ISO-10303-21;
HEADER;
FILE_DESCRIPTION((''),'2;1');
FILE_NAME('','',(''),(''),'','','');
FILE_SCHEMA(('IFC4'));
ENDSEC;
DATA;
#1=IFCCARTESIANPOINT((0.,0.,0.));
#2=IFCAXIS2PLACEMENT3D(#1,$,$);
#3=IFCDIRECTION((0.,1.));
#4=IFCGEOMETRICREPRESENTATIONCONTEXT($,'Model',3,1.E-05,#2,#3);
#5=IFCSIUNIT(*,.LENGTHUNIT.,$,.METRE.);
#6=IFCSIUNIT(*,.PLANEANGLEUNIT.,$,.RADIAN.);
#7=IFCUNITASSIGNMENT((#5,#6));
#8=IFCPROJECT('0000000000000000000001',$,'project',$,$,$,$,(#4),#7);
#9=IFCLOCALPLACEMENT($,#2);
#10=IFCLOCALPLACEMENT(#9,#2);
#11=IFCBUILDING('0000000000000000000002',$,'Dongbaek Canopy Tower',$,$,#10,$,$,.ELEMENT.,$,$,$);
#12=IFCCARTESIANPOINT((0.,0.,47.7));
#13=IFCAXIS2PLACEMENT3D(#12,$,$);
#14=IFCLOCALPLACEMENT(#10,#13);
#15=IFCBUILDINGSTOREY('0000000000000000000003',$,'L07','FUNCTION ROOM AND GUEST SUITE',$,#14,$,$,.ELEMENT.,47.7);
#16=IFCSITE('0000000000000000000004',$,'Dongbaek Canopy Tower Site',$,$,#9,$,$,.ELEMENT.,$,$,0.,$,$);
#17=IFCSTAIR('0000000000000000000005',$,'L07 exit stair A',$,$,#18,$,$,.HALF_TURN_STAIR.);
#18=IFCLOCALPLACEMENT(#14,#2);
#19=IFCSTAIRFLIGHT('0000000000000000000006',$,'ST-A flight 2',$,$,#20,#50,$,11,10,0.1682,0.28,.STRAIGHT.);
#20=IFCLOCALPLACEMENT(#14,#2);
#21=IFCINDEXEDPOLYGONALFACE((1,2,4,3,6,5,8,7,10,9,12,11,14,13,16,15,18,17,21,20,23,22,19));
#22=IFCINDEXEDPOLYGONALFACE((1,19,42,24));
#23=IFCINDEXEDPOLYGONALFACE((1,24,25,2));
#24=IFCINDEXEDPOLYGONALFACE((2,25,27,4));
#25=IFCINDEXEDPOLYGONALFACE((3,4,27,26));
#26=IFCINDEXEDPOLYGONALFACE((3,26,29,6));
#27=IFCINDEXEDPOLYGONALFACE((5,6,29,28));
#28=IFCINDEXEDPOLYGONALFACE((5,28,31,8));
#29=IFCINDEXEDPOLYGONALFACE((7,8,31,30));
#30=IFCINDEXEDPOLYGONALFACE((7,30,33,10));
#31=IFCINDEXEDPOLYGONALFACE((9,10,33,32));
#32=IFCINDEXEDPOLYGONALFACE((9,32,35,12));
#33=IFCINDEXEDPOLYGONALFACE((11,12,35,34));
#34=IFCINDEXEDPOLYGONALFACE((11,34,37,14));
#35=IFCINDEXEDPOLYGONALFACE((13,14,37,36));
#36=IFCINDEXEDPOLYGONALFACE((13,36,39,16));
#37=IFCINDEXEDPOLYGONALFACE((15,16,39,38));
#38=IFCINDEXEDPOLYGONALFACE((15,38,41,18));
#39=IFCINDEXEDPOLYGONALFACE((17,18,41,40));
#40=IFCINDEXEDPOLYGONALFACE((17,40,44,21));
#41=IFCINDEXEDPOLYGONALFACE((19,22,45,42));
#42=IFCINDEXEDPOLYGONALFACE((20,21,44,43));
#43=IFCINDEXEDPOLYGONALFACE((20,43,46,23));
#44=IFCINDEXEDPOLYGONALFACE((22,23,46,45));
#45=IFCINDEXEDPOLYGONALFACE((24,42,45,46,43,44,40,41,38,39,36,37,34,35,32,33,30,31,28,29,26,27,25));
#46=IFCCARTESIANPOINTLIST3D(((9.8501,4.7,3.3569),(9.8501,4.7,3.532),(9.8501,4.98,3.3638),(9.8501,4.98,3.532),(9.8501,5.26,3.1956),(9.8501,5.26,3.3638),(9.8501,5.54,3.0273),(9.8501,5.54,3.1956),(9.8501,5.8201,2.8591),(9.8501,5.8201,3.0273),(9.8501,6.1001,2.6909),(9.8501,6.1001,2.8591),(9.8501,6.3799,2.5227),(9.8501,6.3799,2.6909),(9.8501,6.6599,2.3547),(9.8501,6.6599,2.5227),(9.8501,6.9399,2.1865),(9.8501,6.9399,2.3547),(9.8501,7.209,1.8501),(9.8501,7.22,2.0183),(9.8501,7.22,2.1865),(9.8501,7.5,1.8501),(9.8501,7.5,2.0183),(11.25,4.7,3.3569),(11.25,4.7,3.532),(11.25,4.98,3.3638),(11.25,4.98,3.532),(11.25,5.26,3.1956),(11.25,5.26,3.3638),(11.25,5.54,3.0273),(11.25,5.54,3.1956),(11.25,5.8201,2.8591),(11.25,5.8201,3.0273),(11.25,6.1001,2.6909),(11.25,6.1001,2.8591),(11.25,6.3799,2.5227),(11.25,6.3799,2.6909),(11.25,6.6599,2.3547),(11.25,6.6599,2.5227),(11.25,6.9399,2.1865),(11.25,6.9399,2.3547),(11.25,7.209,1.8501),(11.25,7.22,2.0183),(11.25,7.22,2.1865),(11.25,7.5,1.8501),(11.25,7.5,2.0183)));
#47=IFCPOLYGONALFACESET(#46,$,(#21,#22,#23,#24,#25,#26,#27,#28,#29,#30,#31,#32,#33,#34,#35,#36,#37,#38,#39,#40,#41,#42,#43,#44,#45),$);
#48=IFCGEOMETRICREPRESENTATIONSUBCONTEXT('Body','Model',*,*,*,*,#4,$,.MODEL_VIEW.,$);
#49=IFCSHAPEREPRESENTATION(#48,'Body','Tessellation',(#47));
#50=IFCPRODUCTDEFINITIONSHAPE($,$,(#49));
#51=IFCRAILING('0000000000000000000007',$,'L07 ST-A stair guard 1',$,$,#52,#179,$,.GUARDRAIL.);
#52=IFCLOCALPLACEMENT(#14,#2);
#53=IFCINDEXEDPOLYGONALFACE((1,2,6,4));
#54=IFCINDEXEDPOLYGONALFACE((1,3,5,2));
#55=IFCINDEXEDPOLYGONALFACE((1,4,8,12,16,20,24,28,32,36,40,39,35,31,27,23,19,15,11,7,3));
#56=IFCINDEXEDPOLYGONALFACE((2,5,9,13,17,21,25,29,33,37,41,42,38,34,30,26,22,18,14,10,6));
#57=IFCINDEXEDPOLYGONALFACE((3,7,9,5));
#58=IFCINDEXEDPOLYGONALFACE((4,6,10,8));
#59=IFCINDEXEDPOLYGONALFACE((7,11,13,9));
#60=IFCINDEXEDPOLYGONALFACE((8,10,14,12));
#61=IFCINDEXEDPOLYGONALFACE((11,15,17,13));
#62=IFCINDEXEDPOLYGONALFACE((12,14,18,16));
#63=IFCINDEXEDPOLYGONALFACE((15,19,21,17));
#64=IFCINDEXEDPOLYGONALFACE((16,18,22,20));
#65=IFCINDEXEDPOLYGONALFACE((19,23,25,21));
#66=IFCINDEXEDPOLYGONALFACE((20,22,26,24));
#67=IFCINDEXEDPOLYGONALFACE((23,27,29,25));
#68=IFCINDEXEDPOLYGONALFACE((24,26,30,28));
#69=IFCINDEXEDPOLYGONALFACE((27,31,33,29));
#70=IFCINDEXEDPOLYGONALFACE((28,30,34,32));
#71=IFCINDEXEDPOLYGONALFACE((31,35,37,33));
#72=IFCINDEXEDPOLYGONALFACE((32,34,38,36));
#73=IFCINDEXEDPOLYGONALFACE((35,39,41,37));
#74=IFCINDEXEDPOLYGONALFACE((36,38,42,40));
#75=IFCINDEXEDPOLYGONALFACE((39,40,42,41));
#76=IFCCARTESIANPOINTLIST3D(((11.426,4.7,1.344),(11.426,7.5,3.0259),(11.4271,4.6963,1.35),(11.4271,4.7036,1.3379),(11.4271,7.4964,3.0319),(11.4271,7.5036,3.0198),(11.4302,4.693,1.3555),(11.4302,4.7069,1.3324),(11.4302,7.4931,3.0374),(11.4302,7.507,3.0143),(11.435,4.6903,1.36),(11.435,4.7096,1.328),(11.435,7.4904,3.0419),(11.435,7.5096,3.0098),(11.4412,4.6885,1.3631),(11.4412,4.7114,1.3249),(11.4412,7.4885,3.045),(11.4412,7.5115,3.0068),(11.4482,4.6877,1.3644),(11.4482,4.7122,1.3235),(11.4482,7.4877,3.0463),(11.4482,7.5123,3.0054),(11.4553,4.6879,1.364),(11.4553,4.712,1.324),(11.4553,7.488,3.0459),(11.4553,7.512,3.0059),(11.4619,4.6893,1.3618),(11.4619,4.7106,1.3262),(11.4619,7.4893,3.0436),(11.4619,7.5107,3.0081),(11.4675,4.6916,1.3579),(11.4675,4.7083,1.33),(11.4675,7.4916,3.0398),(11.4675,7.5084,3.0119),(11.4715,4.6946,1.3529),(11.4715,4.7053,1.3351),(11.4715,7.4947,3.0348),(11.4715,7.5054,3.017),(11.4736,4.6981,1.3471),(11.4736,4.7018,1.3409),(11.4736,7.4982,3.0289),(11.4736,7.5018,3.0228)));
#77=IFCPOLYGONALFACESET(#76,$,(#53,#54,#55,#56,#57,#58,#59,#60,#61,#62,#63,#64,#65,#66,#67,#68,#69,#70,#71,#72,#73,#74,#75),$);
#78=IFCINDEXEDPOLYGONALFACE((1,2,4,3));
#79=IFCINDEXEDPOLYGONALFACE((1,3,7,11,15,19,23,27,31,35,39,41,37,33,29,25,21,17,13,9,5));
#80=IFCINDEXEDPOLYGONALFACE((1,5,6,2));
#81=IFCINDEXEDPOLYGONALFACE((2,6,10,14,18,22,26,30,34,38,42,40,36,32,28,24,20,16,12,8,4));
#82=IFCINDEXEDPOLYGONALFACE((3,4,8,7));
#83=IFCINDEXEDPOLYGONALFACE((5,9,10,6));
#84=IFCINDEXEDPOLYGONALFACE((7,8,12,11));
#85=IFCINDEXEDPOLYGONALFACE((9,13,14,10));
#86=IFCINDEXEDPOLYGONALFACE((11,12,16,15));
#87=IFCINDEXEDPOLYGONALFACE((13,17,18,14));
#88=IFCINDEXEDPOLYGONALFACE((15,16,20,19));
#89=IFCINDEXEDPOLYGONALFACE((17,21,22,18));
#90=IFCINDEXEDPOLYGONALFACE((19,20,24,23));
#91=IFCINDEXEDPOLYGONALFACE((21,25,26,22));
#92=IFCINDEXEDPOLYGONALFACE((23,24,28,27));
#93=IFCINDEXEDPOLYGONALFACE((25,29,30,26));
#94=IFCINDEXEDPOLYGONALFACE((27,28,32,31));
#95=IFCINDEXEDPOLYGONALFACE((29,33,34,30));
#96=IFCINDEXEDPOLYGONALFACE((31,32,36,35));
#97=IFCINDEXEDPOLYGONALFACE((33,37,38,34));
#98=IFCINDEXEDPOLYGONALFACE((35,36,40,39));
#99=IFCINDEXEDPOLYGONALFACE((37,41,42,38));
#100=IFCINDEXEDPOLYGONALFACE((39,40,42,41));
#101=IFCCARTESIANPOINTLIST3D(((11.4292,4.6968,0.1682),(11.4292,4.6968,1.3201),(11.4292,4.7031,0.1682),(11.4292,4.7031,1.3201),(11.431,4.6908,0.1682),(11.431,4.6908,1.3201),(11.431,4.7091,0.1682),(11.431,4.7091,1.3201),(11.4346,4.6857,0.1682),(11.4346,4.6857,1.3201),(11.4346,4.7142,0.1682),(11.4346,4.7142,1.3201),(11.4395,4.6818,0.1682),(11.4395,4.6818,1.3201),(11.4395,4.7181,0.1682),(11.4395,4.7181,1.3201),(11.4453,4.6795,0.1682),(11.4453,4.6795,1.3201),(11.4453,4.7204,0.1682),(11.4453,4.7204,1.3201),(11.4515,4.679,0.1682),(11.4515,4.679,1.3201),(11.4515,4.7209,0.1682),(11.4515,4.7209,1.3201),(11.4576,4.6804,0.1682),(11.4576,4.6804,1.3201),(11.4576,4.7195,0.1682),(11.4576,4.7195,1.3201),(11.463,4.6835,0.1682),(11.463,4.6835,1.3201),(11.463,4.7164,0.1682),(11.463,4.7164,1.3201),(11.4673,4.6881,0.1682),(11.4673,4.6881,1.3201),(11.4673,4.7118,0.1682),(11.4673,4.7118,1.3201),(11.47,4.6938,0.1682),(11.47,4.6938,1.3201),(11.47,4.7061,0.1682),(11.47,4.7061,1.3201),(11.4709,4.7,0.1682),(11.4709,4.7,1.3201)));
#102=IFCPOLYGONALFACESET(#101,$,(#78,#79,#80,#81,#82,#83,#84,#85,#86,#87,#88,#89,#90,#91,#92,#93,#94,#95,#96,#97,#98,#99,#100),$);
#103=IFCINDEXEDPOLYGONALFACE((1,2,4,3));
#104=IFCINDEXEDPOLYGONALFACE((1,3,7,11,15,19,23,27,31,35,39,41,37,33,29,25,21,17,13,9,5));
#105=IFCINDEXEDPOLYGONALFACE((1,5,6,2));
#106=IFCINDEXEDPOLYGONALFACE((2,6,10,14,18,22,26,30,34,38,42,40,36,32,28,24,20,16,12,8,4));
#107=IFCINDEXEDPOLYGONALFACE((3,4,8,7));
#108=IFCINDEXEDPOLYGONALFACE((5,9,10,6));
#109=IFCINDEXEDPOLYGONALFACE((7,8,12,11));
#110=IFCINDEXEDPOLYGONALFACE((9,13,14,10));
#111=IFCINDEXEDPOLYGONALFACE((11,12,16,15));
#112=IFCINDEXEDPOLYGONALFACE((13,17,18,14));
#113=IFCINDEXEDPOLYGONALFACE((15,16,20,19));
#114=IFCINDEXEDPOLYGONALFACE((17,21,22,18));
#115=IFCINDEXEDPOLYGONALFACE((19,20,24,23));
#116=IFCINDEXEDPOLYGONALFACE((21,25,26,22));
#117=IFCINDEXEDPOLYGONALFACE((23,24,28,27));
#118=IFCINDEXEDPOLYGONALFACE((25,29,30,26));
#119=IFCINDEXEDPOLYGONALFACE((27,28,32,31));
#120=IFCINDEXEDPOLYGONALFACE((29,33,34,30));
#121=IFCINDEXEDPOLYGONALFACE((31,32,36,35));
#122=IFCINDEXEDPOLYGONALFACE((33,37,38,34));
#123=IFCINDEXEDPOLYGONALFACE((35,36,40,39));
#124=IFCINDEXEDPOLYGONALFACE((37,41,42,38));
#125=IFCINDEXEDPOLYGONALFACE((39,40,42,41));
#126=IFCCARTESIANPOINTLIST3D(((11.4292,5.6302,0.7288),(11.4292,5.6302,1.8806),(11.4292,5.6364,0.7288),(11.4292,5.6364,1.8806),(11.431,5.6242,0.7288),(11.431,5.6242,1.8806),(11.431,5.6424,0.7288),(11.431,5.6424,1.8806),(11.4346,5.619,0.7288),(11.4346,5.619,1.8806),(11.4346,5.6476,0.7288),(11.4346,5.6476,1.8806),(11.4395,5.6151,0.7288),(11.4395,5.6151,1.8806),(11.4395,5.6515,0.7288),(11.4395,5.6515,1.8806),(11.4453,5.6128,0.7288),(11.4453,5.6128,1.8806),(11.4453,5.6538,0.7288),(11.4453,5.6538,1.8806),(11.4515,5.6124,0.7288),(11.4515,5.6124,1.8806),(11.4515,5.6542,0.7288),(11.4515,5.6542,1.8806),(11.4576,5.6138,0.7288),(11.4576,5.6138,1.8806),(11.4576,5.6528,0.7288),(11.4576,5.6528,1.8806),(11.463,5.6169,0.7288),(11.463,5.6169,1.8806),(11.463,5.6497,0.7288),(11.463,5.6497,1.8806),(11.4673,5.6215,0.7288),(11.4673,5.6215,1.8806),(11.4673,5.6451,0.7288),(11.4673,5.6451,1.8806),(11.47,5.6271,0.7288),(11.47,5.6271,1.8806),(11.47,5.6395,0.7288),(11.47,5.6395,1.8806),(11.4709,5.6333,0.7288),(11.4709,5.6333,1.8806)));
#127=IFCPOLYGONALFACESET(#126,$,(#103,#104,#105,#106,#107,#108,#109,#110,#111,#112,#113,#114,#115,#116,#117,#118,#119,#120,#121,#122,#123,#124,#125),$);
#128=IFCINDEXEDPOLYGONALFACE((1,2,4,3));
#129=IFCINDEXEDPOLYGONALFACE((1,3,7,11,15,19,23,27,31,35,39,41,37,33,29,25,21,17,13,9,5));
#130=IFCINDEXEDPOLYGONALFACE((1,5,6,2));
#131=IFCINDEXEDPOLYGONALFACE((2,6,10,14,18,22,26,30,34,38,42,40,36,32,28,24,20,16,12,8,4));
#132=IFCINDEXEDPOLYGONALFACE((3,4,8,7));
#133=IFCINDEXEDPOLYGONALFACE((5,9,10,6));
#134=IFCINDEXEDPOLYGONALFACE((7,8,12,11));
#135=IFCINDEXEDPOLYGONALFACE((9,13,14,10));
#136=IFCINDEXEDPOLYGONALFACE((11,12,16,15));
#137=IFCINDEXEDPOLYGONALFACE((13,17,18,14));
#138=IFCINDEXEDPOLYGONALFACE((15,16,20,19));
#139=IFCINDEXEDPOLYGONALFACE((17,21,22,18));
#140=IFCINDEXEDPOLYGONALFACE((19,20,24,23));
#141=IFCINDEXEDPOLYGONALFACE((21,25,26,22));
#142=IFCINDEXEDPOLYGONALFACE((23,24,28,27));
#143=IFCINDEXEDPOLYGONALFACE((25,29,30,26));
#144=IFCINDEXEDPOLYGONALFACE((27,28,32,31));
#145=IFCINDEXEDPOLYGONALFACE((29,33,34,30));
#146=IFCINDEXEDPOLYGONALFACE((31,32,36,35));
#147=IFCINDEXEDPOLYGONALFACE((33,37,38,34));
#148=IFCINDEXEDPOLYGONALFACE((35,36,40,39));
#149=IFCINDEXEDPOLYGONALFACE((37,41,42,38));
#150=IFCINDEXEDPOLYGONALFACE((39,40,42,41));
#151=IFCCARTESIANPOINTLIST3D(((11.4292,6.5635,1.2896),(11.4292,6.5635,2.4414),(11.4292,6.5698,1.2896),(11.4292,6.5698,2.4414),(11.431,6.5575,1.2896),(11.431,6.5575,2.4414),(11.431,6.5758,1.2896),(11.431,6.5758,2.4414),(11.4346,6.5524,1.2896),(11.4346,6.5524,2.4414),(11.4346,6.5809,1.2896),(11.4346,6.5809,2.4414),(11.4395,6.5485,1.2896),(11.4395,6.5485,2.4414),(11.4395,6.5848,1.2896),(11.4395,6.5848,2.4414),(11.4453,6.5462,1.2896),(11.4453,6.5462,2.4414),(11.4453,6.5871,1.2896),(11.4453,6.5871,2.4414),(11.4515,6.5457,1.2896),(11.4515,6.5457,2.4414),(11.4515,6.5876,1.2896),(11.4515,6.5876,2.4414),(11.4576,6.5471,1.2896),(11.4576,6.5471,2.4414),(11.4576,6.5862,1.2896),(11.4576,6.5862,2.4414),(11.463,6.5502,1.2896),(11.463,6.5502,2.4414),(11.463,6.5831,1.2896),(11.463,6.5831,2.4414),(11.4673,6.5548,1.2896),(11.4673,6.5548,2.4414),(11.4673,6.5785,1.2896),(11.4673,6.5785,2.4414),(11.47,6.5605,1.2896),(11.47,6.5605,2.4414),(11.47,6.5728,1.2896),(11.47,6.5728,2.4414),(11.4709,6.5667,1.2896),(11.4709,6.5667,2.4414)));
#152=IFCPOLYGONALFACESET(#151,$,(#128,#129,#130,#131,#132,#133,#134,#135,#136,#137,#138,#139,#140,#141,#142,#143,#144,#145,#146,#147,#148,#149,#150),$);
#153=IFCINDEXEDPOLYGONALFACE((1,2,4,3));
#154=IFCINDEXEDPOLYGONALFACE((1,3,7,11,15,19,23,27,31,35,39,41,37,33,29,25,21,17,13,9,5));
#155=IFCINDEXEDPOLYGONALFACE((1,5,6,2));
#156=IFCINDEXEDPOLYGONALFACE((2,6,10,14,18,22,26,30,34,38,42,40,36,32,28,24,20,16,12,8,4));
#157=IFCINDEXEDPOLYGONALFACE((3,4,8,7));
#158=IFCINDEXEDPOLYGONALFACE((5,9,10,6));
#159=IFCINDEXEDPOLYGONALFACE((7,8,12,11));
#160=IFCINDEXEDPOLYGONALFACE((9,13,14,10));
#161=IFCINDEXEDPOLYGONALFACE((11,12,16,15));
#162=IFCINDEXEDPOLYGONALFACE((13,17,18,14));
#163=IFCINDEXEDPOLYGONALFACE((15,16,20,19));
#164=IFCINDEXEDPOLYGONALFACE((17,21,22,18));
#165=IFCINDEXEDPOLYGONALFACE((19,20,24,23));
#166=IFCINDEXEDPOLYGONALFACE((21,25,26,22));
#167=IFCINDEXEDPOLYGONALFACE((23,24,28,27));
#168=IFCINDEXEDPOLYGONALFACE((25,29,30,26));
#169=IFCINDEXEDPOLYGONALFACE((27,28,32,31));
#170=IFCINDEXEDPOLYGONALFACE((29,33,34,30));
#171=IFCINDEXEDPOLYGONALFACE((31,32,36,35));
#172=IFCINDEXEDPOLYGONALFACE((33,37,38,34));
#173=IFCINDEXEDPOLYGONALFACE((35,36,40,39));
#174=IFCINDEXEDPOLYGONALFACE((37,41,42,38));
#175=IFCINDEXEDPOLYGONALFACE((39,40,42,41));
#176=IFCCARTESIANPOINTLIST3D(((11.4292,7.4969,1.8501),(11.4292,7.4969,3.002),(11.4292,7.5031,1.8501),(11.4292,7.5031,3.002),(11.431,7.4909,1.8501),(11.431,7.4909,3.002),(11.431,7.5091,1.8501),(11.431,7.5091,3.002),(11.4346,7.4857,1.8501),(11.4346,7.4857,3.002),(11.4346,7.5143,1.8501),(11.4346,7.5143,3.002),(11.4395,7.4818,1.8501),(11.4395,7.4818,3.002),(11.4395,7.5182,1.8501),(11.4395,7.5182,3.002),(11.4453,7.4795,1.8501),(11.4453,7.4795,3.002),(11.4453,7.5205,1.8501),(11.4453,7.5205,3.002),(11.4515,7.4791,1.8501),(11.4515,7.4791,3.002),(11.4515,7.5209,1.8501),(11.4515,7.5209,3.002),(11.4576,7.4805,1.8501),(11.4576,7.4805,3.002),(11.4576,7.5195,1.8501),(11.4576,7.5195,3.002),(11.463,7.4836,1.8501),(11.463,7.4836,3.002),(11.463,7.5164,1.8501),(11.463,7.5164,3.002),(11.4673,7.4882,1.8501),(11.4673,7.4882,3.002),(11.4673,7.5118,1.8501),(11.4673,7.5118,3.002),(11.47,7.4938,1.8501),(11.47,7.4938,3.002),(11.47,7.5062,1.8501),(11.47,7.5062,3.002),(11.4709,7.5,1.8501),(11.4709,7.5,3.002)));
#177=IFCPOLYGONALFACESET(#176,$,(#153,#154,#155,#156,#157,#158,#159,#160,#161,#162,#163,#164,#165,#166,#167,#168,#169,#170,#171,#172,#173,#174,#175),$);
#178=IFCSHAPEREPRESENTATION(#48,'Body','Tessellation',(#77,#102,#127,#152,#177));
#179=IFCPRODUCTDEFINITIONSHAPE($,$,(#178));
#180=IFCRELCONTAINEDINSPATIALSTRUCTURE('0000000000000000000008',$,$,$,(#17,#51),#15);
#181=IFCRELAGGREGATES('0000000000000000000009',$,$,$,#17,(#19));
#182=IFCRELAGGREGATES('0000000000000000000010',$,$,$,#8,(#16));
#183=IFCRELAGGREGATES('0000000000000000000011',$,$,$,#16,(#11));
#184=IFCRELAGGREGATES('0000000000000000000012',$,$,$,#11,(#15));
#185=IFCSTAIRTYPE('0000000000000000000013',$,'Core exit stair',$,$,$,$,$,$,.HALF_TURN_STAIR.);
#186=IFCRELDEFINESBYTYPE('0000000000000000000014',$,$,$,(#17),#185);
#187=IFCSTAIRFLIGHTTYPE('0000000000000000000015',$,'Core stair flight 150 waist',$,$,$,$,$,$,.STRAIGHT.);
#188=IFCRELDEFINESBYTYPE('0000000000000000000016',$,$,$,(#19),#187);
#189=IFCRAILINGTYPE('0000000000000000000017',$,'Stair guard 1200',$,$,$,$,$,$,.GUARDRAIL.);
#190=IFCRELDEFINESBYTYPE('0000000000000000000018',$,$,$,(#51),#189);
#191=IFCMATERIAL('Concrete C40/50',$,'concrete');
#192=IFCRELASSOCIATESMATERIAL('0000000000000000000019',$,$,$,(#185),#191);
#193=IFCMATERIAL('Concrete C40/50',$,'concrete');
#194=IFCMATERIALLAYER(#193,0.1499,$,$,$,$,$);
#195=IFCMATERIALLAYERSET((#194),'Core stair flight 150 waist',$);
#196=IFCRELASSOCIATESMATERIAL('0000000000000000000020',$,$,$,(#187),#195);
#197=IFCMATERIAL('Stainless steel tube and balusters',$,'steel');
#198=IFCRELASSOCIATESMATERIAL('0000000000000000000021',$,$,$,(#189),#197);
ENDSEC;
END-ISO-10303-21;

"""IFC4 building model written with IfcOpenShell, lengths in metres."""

from ifc_helpers import new_model, si_unit, direction, frame, origin, origin_2d, place, context, subcontext, project, spatial, polyline, circle, outline, extrude, material, layer, layer_set, type_object, element, aggregate, save


model = new_model("IFC4")

# Units and contexts
model_context = context("Model", 3, precision=1e-05, world=origin(), true_north=direction((0.0, 1.0)))
body_context = subcontext(model_context, "Body", "Model", "MODEL_VIEW")
ifc_project = project(units=[si_unit("LENGTHUNIT", "METRE"), si_unit("PLANEANGLEUNIT", "RADIAN")], contexts=[model_context])

# Site, building, storey
site_placement = place(None, origin())
site = spatial("IfcSite", under=ifc_project, at=site_placement, Name="Dongbaek Canopy Tower Site", CompositionType="ELEMENT", RefElevation=0.0)
building_placement = place(site_placement, origin())
building = spatial("IfcBuilding", under=site, at=building_placement, Name="Dongbaek Canopy Tower", CompositionType="ELEMENT")
storey_placement = place(building_placement, frame((0.0, 0.0, 47.7)))
storey = spatial("IfcBuildingStorey", under=building, at=storey_placement, Name="L07", Description="FUNCTION ROOM AND GUEST SUITE", CompositionType="ELEMENT", Elevation=47.7)

# Stair, stair flight
ifc_material_1 = material(Name="Concrete C40/50", Category="concrete")
stair_type = type_object("IfcStairType", Name="Core exit stair", PredefinedType="HALF_TURN_STAIR", material=ifc_material_1)
stair_placement = place(storey_placement, origin())
stair = element("IfcStair", 1, at=stair_placement, inside=storey, type_object=stair_type, Name="L07 exit stair A", PredefinedType="HALF_TURN_STAIR")
ifc_material_2 = material(Name="Concrete C40/50", Category="concrete")
ifc_layer_1 = layer(ifc_material_2, 0.1499)
ifc_layer_set_1 = layer_set([ifc_layer_1], Name="Core stair flight 150 waist")
stair_flight_type = type_object("IfcStairFlightType", Name="Core stair flight 150 waist", PredefinedType="STRAIGHT", material=ifc_layer_set_1)
stair_flight_1_placement = place(storey_placement, frame((10.55, 7.5, 1.8501), z_axis=(0.0, 0.0, 1.0), x_axis=(0.0, -1.0, 0.0)))
stair_flight_1 = element("IfcStairFlight", 2, at=stair_flight_1_placement, type_object=stair_flight_type, Name="ST-A flight 2", NumberOfRisers=11, NumberOfTreads=10, PredefinedType="STRAIGHT", RiserHeight=0.1682, TreadLength=0.28, context=body_context, shape_type="SweptSolid", body=[
    extrude(outline(polyline([(0.0, 0.0), (0.0, 0.1682), (0.28, 0.1682), (0.28, 0.3364), (0.5601, 0.3364), (0.5601, 0.5046), (0.8401, 0.5046), (0.8401, 0.6726), (1.1201, 0.6726), (1.1201, 0.8408), (1.3999, 0.8408), (1.3999, 1.009), (1.6799, 1.009), (1.6799, 1.1772), (1.96, 1.1772), (1.96, 1.3455), (2.24, 1.3455), (2.24, 1.5137), (2.52, 1.5137), (2.52, 1.6819), (2.8, 1.6819), (2.8, 1.8501), (2.8, 1.5068), (0.291, 0.0), (0.0, 0.0)])), frame((0.0, 0.7, 0.0), z_axis=(0.0, -1.0, 0.0), x_axis=(1.0, 0.0, 0.0)), (0.0, 0.0, 1.0), 1.3999),
])
aggregate(stair, [stair_flight_1])

# Railing
ifc_material_3 = material(Name="Stainless steel tube and balusters", Category="steel")
railing_type_1 = type_object("IfcRailingType", Name="Stair guard 1200", PredefinedType="GUARDRAIL", material=ifc_material_3)
railing_1_placement = place(storey_placement, frame((11.45, 4.7, 0.1682)))
element("IfcRailing", 3, at=railing_1_placement, inside=storey, type_object=railing_type_1, Name="L07 ST-A stair guard 1", PredefinedType="GUARDRAIL", context=body_context, shape_type="SweptSolid", body=[
    extrude(circle(Radius=0.0239, at=origin_2d()), frame((0.0, 0.0, 1.1758), z_axis=(0.0, 0.857242, 0.514913), x_axis=(-1.0, 0.0, 0.0)), (0.0, 0.0, 1.0), 3.2664),
    extrude(circle(Radius=0.021, at=origin_2d()), origin(), (0.0, 0.0, 1.0), 1.1519),
    extrude(circle(Radius=0.021, at=origin_2d()), frame((0.0, 0.9333, 0.5605)), (0.0, 0.0, 1.0), 1.1519),
    extrude(circle(Radius=0.021, at=origin_2d()), frame((0.0, 1.8667, 1.1213)), (0.0, 0.0, 1.0), 1.1519),
    extrude(circle(Radius=0.021, at=origin_2d()), frame((0.0, 2.8, 1.6819)), (0.0, 0.0, 1.0), 1.1519),
])

save(model, "model.ifc")
